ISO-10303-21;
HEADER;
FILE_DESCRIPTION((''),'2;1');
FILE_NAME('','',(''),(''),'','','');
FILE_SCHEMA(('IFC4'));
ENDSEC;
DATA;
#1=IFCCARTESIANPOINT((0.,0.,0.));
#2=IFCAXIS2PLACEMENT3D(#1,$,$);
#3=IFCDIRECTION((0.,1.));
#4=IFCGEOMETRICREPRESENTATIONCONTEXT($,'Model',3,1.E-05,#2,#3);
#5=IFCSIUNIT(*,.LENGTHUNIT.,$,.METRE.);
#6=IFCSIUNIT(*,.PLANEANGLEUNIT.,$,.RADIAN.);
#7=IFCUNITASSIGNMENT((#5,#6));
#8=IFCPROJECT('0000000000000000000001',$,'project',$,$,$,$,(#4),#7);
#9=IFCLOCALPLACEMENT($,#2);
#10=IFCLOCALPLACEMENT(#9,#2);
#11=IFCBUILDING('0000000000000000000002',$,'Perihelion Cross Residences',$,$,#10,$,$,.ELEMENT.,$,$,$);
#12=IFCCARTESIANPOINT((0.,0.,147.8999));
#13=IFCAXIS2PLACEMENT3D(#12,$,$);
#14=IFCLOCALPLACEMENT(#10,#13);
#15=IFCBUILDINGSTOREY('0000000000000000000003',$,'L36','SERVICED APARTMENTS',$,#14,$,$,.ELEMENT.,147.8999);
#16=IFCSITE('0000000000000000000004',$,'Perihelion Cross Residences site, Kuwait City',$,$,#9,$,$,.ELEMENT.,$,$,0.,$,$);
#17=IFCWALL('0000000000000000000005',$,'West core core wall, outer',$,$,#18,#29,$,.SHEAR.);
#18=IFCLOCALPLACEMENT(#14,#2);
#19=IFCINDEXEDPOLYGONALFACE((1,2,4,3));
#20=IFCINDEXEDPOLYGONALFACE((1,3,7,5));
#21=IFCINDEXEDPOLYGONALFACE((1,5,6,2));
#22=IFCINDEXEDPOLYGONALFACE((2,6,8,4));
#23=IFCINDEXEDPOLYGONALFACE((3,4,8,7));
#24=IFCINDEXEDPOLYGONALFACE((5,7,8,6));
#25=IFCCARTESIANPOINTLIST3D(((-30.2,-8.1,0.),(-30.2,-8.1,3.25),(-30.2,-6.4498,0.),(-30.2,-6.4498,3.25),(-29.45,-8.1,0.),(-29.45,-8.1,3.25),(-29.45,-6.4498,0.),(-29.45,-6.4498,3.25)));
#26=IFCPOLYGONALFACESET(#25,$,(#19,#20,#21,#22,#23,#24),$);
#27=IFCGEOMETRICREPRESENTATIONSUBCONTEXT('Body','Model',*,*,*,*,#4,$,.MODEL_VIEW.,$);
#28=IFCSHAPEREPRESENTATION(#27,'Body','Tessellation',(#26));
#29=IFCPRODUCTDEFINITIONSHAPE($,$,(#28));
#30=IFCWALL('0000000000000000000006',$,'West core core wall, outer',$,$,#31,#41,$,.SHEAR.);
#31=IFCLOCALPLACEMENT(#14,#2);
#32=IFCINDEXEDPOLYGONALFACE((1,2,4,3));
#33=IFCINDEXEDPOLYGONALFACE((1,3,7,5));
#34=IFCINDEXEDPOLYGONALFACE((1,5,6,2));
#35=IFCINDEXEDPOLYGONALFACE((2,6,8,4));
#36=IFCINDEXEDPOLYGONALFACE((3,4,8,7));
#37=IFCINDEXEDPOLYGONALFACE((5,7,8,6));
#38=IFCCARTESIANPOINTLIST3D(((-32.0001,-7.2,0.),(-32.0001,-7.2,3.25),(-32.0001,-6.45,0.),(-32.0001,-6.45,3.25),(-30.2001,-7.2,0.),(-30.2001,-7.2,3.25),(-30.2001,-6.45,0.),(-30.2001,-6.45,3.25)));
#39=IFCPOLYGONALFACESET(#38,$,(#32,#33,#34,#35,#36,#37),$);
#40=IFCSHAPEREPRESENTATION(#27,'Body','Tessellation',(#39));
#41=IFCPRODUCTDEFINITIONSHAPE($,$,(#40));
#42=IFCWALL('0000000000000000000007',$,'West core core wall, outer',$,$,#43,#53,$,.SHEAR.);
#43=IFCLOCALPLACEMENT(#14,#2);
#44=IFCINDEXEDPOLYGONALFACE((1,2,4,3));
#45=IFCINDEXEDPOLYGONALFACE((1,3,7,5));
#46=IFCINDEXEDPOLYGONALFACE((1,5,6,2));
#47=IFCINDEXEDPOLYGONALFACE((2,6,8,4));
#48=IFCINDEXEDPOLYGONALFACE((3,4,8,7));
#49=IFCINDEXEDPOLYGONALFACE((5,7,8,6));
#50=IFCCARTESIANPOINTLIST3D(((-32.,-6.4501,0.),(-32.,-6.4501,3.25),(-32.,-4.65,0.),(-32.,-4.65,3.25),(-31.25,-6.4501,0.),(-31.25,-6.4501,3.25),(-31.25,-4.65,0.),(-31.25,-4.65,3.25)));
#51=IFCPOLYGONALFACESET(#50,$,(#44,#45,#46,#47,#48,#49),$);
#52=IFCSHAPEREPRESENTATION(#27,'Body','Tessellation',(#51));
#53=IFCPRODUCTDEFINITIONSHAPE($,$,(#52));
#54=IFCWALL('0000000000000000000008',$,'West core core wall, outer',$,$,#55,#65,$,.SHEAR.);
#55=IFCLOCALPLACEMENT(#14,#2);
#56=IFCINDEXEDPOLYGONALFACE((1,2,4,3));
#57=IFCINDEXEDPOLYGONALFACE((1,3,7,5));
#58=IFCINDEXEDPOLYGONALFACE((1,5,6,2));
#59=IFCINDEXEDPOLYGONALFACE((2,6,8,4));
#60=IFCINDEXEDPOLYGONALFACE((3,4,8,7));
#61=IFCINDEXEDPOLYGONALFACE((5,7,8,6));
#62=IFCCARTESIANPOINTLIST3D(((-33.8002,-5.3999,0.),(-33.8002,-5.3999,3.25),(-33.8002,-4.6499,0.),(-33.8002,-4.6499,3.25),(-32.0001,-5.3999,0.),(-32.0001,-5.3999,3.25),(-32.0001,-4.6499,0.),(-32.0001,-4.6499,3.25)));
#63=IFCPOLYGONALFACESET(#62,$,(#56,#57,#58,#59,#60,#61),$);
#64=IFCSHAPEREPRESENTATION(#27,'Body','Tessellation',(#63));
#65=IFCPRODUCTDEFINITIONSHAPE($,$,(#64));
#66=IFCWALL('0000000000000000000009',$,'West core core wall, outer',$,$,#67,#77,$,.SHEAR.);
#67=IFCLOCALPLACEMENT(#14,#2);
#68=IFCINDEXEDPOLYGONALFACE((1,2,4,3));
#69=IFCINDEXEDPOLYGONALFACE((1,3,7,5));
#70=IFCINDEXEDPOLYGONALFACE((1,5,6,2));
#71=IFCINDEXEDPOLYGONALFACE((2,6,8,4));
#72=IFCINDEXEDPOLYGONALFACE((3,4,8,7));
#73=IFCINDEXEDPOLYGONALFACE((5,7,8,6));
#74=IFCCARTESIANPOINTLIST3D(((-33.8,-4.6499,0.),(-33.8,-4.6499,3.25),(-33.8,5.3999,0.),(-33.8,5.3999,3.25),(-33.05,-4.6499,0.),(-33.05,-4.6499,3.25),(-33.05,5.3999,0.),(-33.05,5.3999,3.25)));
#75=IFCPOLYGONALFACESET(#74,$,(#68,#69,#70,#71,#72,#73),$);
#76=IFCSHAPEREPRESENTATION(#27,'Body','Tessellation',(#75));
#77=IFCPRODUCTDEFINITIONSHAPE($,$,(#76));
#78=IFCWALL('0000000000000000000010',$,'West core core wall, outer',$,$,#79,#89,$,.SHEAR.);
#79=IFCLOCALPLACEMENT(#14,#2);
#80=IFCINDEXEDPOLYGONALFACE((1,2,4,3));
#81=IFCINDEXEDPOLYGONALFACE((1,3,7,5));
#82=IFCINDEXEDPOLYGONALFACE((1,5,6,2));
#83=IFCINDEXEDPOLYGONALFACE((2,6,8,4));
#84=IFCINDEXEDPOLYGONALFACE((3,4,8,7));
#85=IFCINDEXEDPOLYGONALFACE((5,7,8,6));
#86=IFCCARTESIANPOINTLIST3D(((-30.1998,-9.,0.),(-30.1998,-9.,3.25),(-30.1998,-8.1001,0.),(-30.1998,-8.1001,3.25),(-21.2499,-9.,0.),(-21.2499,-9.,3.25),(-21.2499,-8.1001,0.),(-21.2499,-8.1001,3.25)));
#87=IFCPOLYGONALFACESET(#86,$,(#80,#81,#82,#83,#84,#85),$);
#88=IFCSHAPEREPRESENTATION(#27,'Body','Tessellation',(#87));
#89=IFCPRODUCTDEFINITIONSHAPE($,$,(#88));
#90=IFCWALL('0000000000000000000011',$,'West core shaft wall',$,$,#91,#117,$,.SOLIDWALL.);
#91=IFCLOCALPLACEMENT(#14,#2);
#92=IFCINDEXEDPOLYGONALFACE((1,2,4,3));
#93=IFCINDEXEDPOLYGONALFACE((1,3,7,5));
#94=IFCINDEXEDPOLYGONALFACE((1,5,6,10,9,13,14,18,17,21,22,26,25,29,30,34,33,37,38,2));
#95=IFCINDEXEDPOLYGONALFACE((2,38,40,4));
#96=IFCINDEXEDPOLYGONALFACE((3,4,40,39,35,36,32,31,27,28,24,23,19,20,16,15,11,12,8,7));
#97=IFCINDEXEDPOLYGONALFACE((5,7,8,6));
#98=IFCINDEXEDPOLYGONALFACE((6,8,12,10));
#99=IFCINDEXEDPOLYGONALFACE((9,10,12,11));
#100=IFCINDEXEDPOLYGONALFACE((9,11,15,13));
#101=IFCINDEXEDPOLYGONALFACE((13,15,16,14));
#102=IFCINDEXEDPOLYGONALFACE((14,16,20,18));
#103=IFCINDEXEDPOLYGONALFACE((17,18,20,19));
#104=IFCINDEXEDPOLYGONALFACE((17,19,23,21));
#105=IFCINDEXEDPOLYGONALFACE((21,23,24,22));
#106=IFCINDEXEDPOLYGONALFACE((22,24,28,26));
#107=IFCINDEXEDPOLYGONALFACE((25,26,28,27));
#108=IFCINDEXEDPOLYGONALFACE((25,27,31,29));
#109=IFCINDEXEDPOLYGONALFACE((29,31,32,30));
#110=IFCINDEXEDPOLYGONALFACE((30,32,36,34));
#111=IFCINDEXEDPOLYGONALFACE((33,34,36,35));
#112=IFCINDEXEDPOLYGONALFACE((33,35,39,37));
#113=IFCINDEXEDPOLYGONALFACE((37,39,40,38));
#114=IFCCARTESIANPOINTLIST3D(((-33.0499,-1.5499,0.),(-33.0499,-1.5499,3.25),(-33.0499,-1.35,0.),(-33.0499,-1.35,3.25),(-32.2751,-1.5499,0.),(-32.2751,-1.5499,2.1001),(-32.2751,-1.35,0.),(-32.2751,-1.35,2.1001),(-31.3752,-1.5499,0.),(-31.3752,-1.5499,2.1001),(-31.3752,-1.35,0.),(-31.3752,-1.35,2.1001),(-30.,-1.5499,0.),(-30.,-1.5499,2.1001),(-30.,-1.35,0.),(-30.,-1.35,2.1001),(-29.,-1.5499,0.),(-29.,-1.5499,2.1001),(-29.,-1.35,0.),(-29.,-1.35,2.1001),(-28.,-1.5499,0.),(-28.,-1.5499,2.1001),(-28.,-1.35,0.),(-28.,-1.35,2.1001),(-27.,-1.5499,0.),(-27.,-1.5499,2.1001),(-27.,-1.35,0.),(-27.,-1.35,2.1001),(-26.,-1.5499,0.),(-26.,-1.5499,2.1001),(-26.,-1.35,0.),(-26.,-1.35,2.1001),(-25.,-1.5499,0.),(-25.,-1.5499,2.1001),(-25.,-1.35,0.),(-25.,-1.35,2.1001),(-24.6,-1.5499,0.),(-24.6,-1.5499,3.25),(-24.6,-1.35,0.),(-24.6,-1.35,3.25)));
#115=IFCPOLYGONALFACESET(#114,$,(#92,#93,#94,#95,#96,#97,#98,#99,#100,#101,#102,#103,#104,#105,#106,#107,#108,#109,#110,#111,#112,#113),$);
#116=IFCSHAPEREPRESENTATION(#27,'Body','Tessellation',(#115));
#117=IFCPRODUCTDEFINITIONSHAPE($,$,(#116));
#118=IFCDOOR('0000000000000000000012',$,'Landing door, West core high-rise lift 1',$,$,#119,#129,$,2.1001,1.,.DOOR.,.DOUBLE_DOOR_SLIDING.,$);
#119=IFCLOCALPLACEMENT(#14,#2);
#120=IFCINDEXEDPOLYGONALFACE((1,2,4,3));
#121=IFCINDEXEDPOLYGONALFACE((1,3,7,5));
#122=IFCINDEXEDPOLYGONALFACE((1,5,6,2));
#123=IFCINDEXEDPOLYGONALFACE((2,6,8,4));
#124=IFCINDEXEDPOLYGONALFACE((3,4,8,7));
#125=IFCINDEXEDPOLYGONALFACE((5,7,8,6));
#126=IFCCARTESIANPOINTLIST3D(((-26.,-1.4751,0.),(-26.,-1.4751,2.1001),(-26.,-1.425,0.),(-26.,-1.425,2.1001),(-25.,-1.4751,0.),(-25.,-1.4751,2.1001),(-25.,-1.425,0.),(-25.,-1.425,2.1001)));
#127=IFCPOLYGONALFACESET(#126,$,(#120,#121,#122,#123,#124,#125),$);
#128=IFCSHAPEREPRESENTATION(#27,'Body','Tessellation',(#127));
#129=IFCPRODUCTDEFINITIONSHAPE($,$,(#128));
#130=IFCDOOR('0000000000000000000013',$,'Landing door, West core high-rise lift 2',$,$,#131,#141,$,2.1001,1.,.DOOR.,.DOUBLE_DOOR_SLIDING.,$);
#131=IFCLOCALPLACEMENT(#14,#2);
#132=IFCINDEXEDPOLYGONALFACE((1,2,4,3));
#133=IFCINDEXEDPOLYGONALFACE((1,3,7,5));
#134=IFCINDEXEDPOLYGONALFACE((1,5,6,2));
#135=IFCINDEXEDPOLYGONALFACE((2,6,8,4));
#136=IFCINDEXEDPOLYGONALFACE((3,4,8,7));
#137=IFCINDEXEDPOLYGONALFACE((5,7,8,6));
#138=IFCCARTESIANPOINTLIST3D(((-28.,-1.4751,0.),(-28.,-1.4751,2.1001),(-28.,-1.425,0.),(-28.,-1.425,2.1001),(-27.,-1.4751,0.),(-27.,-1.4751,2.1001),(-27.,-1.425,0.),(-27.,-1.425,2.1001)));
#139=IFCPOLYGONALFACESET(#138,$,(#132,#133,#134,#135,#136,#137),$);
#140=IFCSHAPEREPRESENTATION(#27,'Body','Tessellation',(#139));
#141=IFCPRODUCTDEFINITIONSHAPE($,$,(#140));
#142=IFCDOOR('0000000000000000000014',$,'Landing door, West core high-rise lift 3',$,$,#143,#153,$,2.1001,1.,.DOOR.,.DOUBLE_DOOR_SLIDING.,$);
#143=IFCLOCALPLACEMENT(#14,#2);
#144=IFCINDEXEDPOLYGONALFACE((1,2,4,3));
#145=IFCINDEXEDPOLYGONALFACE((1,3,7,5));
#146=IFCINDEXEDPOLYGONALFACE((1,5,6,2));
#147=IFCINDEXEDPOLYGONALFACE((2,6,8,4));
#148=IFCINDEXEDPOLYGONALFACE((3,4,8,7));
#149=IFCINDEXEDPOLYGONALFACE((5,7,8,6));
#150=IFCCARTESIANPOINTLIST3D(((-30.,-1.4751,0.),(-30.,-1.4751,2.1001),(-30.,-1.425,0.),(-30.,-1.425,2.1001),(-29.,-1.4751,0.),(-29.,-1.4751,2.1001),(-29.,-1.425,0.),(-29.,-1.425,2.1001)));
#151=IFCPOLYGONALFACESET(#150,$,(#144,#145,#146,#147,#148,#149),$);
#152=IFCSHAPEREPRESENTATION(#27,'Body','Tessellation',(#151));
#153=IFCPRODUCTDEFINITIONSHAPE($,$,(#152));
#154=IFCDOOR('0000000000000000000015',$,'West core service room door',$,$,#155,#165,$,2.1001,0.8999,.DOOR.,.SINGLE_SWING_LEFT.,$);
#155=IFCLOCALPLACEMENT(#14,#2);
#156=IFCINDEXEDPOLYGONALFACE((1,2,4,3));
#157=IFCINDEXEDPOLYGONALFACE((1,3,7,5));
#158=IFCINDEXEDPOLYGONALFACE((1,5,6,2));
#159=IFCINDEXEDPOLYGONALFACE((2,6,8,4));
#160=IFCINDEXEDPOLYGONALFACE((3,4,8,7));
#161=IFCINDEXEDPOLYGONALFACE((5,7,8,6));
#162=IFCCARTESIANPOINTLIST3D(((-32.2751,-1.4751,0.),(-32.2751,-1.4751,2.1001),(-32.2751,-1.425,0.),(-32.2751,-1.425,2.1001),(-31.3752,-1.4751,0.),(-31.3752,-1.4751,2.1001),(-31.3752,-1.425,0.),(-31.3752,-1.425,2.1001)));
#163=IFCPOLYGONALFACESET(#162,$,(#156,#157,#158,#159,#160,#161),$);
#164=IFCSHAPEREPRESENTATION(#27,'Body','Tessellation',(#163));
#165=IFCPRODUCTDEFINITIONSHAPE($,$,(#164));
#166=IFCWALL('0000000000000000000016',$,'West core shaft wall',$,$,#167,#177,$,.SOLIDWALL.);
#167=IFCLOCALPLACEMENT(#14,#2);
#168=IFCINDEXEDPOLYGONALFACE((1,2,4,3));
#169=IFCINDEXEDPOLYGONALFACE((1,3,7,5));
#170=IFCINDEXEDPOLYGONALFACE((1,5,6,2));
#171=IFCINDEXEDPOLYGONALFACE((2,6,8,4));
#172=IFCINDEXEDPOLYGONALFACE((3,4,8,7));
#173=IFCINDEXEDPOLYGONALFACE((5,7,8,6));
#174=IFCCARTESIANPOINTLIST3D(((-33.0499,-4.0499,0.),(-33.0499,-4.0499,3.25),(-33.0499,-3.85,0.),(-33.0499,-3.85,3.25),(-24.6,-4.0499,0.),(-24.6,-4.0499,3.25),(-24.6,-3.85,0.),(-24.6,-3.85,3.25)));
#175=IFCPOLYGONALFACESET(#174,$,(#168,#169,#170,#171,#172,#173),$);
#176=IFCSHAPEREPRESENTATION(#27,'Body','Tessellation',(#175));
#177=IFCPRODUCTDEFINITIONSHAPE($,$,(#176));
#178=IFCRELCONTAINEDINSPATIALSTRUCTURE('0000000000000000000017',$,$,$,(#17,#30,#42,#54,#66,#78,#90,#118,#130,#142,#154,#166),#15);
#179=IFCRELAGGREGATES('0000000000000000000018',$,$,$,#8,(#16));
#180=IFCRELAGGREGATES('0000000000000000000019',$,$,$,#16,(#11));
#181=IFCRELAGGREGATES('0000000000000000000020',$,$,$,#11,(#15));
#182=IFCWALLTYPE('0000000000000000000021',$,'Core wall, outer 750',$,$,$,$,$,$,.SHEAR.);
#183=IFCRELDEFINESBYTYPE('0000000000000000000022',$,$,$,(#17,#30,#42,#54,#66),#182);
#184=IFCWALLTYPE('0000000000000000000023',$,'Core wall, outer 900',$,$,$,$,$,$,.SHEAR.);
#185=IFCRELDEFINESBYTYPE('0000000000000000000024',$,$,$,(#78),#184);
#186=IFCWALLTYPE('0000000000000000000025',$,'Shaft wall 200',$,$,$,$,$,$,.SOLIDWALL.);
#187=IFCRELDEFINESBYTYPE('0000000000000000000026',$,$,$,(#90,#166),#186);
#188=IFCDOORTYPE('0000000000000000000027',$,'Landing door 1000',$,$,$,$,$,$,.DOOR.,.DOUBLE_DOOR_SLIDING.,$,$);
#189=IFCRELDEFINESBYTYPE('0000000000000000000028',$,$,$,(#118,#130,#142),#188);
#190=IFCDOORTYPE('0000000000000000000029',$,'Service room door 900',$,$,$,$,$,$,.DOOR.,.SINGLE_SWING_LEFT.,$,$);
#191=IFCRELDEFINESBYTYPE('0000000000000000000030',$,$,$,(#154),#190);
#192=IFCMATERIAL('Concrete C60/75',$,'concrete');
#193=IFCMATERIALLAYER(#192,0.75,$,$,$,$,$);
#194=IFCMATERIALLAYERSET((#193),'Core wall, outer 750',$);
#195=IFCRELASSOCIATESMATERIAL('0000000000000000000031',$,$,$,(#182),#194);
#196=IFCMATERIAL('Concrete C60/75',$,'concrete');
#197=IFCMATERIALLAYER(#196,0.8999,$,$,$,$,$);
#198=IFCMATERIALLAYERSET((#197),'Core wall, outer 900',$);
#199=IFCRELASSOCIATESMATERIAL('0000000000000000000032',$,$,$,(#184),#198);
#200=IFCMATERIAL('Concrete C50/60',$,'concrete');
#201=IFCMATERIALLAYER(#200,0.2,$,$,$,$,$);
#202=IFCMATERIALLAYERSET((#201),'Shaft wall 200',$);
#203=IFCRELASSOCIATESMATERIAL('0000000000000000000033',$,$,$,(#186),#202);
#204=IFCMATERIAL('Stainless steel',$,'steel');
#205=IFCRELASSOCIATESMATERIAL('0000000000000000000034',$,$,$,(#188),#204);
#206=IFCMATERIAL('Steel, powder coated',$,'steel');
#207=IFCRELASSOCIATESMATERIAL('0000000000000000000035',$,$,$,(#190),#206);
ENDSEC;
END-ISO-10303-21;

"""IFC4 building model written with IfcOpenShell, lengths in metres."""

from ifc_helpers import new_model, si_unit, direction, frame, frame_2d, origin, place, context, subcontext, project, spatial, rectangle, extrude, material, layer, layer_set, type_object, element, fill, save


model = new_model("IFC4")

# Units and contexts
model_context = context("Model", 3, precision=1e-05, world=origin(), true_north=direction((0.0, 1.0)))
body_context = subcontext(model_context, "Body", "Model", "MODEL_VIEW")
ifc_project = project(units=[si_unit("LENGTHUNIT", "METRE"), si_unit("PLANEANGLEUNIT", "RADIAN")], contexts=[model_context])

# Site, building, storey
site_placement = place(None, origin())
site = spatial("IfcSite", under=ifc_project, at=site_placement, Name="Perihelion Cross Residences site, Kuwait City", CompositionType="ELEMENT", RefElevation=0.0)
building_placement = place(site_placement, origin())
building = spatial("IfcBuilding", under=site, at=building_placement, Name="Perihelion Cross Residences", CompositionType="ELEMENT")
storey_placement = place(building_placement, frame((0.0, 0.0, 147.8999)))
storey = spatial("IfcBuildingStorey", under=building, at=storey_placement, Name="L36", Description="SERVICED APARTMENTS", CompositionType="ELEMENT", Elevation=147.8999)

# Walls
ifc_material_1 = material(Name="Concrete C60/75", Category="concrete")
ifc_layer_1 = layer(ifc_material_1, 0.75)
ifc_layer_set_1 = layer_set([ifc_layer_1], Name="Core wall, outer 750")
wall_type_1 = type_object("IfcWallType", Name="Core wall, outer 750", PredefinedType="SHEAR", material=ifc_layer_set_1)
wall_1_placement = place(storey_placement, frame((-29.825, -8.1001, 0.0), z_axis=(0.0, 0.0, 1.0), x_axis=(0.0, 1.0, 0.0)))
element("IfcWall", 1, at=wall_1_placement, inside=storey, type_object=wall_type_1, Name="West core core wall, outer", PredefinedType="SHEAR", context=body_context, shape_type="SweptSolid", body=[
    extrude(rectangle(XDim=1.6501, YDim=0.75, at=frame_2d((0.8252, 0.0))), origin(), (0.0, 0.0, 1.0), 3.25),
])
for number, where, z_axis, x_axis, name in (
    (2, (-32.0, -6.825, 0.0), (0.0, 0.0, 1.0), (1.0, 0.0, 0.0), "West core core wall, outer"),
    (3, (-31.625, -6.45, 0.0), (0.0, 0.0, 1.0), (0.0, 1.0, 0.0), "West core core wall, outer"),
    (4, (-33.8, -5.0249, 0.0), (0.0, 0.0, 1.0), (1.0, 0.0, 0.0), "West core core wall, outer"),
):
    element("IfcWall", number, at=place(storey_placement, frame(where, z_axis=z_axis, x_axis=x_axis)), inside=storey, type_object=wall_type_1, Name=name, PredefinedType="SHEAR", context=body_context, shape_type="SweptSolid", body=[
        extrude(rectangle(XDim=1.8, YDim=0.75, at=frame_2d((0.8999, 0.0))), origin(), (0.0, 0.0, 1.0), 3.25),
    ])
wall_2_placement = place(storey_placement, frame((-33.425, -4.6499, 0.0), z_axis=(0.0, 0.0, 1.0), x_axis=(0.0, 1.0, 0.0)))
element("IfcWall", 5, at=wall_2_placement, inside=storey, type_object=wall_type_1, Name="West core core wall, outer", PredefinedType="SHEAR", context=body_context, shape_type="SweptSolid", body=[
    extrude(rectangle(XDim=10.0498, YDim=0.75, at=frame_2d((5.0249, 0.0))), origin(), (0.0, 0.0, 1.0), 3.25),
])
ifc_material_2 = material(Name="Concrete C60/75", Category="concrete")
ifc_layer_2 = layer(ifc_material_2, 0.8999)
ifc_layer_set_2 = layer_set([ifc_layer_2], Name="Core wall, outer 900")
wall_type_2 = type_object("IfcWallType", Name="Core wall, outer 900", PredefinedType="SHEAR", material=ifc_layer_set_2)
wall_3_placement = place(storey_placement, frame((-30.2, -8.55, 0.0), z_axis=(0.0, 0.0, 1.0), x_axis=(1.0, 0.0, 0.0)))
element("IfcWall", 6, at=wall_3_placement, inside=storey, type_object=wall_type_2, Name="West core core wall, outer", PredefinedType="SHEAR", context=body_context, shape_type="SweptSolid", body=[
    extrude(rectangle(XDim=8.95, YDim=0.8999, at=frame_2d((4.4751, 0.0))), origin(), (0.0, 0.0, 1.0), 3.25),
])

# Wall, openings, doors
ifc_material_3 = material(Name="Concrete C50/60", Category="concrete")
ifc_layer_3 = layer(ifc_material_3, 0.2)
ifc_layer_set_3 = layer_set([ifc_layer_3], Name="Shaft wall 200")
wall_type_3 = type_object("IfcWallType", Name="Shaft wall 200", PredefinedType="SOLIDWALL", material=ifc_layer_set_3)
wall_4_placement = place(storey_placement, frame((-33.05, -1.45, 0.0), z_axis=(0.0, 0.0, 1.0), x_axis=(1.0, 0.0, 0.0)))
wall_4 = element("IfcWall", 7, at=wall_4_placement, inside=storey, type_object=wall_type_3, Name="West core shaft wall", PredefinedType="SOLIDWALL", context=body_context, shape_type="SweptSolid", body=[
    extrude(rectangle(XDim=8.45, YDim=0.2, at=frame_2d((4.2251, 0.0))), origin(), (0.0, 0.0, 1.0), 3.25),
])
opening_1_placement = place(wall_4_placement, frame((7.05, 0.0, 0.0)))
opening_1 = element("IfcOpeningElement", 8, at=opening_1_placement, cuts=wall_4, PredefinedType="OPENING", context=body_context, shape_type="SweptSolid", body=[
    extrude(rectangle(XDim=1.0, YDim=2.1001, at=frame_2d((0.5, 1.05))), frame((0.0, 0.1099, 0.0), z_axis=(0.0, -1.0, 0.0), x_axis=(1.0, 0.0, 0.0)), (0.0, 0.0, 1.0), 0.22),
])
opening_2_placement = place(wall_4_placement, frame((5.05, 0.0, 0.0)))
opening_2 = element("IfcOpeningElement", 9, at=opening_2_placement, cuts=wall_4, PredefinedType="OPENING", context=body_context, shape_type="SweptSolid", body=[
    extrude(rectangle(XDim=1.0, YDim=2.1001, at=frame_2d((0.5, 1.05))), frame((0.0, 0.1099, 0.0), z_axis=(0.0, -1.0, 0.0), x_axis=(1.0, 0.0, 0.0)), (0.0, 0.0, 1.0), 0.22),
])
opening_3_placement = place(wall_4_placement, frame((3.05, 0.0, 0.0)))
opening_3 = element("IfcOpeningElement", 10, at=opening_3_placement, cuts=wall_4, PredefinedType="OPENING", context=body_context, shape_type="SweptSolid", body=[
    extrude(rectangle(XDim=1.0, YDim=2.1001, at=frame_2d((0.5, 1.05))), frame((0.0, 0.1099, 0.0), z_axis=(0.0, -1.0, 0.0), x_axis=(1.0, 0.0, 0.0)), (0.0, 0.0, 1.0), 0.22),
])
opening_4_placement = place(wall_4_placement, frame((0.7749, 0.0, 0.0)))
opening_4 = element("IfcOpeningElement", 11, at=opening_4_placement, cuts=wall_4, PredefinedType="OPENING", context=body_context, shape_type="SweptSolid", body=[
    extrude(rectangle(XDim=0.8999, YDim=2.1001, at=frame_2d((0.45, 1.05))), frame((0.0, 0.1099, 0.0), z_axis=(0.0, -1.0, 0.0), x_axis=(1.0, 0.0, 0.0)), (0.0, 0.0, 1.0), 0.22),
])
ifc_material_4 = material(Name="Stainless steel", Category="steel")
door_type_1 = type_object("IfcDoorType", Name="Landing door 1000", OperationType="DOUBLE_DOOR_SLIDING", PredefinedType="DOOR", material=ifc_material_4)
door_1_placement = place(opening_1_placement, origin())
door_1 = element("IfcDoor", 12, at=door_1_placement, inside=storey, type_object=door_type_1, Name="Landing door, West core high-rise lift 1", OperationType="DOUBLE_DOOR_SLIDING", OverallHeight=2.1001, OverallWidth=1.0, PredefinedType="DOOR", context=body_context, shape_type="SweptSolid", body=[
    extrude(rectangle(XDim=1.0, YDim=2.1001, at=frame_2d((0.5, 1.05))), frame((0.0, 0.0249, 0.0), z_axis=(0.0, -1.0, 0.0), x_axis=(1.0, 0.0, 0.0)), (0.0, 0.0, 1.0), 0.05),
])
fill(opening_1, door_1)
door_2_placement = place(opening_2_placement, origin())
door_2 = element("IfcDoor", 13, at=door_2_placement, inside=storey, type_object=door_type_1, Name="Landing door, West core high-rise lift 2", OperationType="DOUBLE_DOOR_SLIDING", OverallHeight=2.1001, OverallWidth=1.0, PredefinedType="DOOR", context=body_context, shape_type="SweptSolid", body=[
    extrude(rectangle(XDim=1.0, YDim=2.1001, at=frame_2d((0.5, 1.05))), frame((0.0, 0.0249, 0.0), z_axis=(0.0, -1.0, 0.0), x_axis=(1.0, 0.0, 0.0)), (0.0, 0.0, 1.0), 0.05),
])
fill(opening_2, door_2)
door_3_placement = place(opening_3_placement, origin())
door_3 = element("IfcDoor", 14, at=door_3_placement, inside=storey, type_object=door_type_1, Name="Landing door, West core high-rise lift 3", OperationType="DOUBLE_DOOR_SLIDING", OverallHeight=2.1001, OverallWidth=1.0, PredefinedType="DOOR", context=body_context, shape_type="SweptSolid", body=[
    extrude(rectangle(XDim=1.0, YDim=2.1001, at=frame_2d((0.5, 1.05))), frame((0.0, 0.0249, 0.0), z_axis=(0.0, -1.0, 0.0), x_axis=(1.0, 0.0, 0.0)), (0.0, 0.0, 1.0), 0.05),
])
fill(opening_3, door_3)
ifc_material_5 = material(Name="Steel, powder coated", Category="steel")
door_type_2 = type_object("IfcDoorType", Name="Service room door 900", OperationType="SINGLE_SWING_LEFT", PredefinedType="DOOR", material=ifc_material_5)
door_4_placement = place(opening_4_placement, origin())
door_4 = element("IfcDoor", 15, at=door_4_placement, inside=storey, type_object=door_type_2, Name="West core service room door", OperationType="SINGLE_SWING_LEFT", OverallHeight=2.1001, OverallWidth=0.8999, PredefinedType="DOOR", context=body_context, shape_type="SweptSolid", body=[
    extrude(rectangle(XDim=0.8999, YDim=2.1001, at=frame_2d((0.45, 1.05))), frame((0.0, 0.0249, 0.0), z_axis=(0.0, -1.0, 0.0), x_axis=(1.0, 0.0, 0.0)), (0.0, 0.0, 1.0), 0.05),
])
fill(opening_4, door_4)

# Wall
wall_5_placement = place(storey_placement, frame((-33.05, -3.95, 0.0), z_axis=(0.0, 0.0, 1.0), x_axis=(1.0, 0.0, 0.0)))
element("IfcWall", 16, at=wall_5_placement, inside=storey, type_object=wall_type_3, Name="West core shaft wall", PredefinedType="SOLIDWALL", context=body_context, shape_type="SweptSolid", body=[
    extrude(rectangle(XDim=8.45, YDim=0.2, at=frame_2d((4.2251, 0.0))), origin(), (0.0, 0.0, 1.0), 3.25),
])

save(model, "model.ifc")
